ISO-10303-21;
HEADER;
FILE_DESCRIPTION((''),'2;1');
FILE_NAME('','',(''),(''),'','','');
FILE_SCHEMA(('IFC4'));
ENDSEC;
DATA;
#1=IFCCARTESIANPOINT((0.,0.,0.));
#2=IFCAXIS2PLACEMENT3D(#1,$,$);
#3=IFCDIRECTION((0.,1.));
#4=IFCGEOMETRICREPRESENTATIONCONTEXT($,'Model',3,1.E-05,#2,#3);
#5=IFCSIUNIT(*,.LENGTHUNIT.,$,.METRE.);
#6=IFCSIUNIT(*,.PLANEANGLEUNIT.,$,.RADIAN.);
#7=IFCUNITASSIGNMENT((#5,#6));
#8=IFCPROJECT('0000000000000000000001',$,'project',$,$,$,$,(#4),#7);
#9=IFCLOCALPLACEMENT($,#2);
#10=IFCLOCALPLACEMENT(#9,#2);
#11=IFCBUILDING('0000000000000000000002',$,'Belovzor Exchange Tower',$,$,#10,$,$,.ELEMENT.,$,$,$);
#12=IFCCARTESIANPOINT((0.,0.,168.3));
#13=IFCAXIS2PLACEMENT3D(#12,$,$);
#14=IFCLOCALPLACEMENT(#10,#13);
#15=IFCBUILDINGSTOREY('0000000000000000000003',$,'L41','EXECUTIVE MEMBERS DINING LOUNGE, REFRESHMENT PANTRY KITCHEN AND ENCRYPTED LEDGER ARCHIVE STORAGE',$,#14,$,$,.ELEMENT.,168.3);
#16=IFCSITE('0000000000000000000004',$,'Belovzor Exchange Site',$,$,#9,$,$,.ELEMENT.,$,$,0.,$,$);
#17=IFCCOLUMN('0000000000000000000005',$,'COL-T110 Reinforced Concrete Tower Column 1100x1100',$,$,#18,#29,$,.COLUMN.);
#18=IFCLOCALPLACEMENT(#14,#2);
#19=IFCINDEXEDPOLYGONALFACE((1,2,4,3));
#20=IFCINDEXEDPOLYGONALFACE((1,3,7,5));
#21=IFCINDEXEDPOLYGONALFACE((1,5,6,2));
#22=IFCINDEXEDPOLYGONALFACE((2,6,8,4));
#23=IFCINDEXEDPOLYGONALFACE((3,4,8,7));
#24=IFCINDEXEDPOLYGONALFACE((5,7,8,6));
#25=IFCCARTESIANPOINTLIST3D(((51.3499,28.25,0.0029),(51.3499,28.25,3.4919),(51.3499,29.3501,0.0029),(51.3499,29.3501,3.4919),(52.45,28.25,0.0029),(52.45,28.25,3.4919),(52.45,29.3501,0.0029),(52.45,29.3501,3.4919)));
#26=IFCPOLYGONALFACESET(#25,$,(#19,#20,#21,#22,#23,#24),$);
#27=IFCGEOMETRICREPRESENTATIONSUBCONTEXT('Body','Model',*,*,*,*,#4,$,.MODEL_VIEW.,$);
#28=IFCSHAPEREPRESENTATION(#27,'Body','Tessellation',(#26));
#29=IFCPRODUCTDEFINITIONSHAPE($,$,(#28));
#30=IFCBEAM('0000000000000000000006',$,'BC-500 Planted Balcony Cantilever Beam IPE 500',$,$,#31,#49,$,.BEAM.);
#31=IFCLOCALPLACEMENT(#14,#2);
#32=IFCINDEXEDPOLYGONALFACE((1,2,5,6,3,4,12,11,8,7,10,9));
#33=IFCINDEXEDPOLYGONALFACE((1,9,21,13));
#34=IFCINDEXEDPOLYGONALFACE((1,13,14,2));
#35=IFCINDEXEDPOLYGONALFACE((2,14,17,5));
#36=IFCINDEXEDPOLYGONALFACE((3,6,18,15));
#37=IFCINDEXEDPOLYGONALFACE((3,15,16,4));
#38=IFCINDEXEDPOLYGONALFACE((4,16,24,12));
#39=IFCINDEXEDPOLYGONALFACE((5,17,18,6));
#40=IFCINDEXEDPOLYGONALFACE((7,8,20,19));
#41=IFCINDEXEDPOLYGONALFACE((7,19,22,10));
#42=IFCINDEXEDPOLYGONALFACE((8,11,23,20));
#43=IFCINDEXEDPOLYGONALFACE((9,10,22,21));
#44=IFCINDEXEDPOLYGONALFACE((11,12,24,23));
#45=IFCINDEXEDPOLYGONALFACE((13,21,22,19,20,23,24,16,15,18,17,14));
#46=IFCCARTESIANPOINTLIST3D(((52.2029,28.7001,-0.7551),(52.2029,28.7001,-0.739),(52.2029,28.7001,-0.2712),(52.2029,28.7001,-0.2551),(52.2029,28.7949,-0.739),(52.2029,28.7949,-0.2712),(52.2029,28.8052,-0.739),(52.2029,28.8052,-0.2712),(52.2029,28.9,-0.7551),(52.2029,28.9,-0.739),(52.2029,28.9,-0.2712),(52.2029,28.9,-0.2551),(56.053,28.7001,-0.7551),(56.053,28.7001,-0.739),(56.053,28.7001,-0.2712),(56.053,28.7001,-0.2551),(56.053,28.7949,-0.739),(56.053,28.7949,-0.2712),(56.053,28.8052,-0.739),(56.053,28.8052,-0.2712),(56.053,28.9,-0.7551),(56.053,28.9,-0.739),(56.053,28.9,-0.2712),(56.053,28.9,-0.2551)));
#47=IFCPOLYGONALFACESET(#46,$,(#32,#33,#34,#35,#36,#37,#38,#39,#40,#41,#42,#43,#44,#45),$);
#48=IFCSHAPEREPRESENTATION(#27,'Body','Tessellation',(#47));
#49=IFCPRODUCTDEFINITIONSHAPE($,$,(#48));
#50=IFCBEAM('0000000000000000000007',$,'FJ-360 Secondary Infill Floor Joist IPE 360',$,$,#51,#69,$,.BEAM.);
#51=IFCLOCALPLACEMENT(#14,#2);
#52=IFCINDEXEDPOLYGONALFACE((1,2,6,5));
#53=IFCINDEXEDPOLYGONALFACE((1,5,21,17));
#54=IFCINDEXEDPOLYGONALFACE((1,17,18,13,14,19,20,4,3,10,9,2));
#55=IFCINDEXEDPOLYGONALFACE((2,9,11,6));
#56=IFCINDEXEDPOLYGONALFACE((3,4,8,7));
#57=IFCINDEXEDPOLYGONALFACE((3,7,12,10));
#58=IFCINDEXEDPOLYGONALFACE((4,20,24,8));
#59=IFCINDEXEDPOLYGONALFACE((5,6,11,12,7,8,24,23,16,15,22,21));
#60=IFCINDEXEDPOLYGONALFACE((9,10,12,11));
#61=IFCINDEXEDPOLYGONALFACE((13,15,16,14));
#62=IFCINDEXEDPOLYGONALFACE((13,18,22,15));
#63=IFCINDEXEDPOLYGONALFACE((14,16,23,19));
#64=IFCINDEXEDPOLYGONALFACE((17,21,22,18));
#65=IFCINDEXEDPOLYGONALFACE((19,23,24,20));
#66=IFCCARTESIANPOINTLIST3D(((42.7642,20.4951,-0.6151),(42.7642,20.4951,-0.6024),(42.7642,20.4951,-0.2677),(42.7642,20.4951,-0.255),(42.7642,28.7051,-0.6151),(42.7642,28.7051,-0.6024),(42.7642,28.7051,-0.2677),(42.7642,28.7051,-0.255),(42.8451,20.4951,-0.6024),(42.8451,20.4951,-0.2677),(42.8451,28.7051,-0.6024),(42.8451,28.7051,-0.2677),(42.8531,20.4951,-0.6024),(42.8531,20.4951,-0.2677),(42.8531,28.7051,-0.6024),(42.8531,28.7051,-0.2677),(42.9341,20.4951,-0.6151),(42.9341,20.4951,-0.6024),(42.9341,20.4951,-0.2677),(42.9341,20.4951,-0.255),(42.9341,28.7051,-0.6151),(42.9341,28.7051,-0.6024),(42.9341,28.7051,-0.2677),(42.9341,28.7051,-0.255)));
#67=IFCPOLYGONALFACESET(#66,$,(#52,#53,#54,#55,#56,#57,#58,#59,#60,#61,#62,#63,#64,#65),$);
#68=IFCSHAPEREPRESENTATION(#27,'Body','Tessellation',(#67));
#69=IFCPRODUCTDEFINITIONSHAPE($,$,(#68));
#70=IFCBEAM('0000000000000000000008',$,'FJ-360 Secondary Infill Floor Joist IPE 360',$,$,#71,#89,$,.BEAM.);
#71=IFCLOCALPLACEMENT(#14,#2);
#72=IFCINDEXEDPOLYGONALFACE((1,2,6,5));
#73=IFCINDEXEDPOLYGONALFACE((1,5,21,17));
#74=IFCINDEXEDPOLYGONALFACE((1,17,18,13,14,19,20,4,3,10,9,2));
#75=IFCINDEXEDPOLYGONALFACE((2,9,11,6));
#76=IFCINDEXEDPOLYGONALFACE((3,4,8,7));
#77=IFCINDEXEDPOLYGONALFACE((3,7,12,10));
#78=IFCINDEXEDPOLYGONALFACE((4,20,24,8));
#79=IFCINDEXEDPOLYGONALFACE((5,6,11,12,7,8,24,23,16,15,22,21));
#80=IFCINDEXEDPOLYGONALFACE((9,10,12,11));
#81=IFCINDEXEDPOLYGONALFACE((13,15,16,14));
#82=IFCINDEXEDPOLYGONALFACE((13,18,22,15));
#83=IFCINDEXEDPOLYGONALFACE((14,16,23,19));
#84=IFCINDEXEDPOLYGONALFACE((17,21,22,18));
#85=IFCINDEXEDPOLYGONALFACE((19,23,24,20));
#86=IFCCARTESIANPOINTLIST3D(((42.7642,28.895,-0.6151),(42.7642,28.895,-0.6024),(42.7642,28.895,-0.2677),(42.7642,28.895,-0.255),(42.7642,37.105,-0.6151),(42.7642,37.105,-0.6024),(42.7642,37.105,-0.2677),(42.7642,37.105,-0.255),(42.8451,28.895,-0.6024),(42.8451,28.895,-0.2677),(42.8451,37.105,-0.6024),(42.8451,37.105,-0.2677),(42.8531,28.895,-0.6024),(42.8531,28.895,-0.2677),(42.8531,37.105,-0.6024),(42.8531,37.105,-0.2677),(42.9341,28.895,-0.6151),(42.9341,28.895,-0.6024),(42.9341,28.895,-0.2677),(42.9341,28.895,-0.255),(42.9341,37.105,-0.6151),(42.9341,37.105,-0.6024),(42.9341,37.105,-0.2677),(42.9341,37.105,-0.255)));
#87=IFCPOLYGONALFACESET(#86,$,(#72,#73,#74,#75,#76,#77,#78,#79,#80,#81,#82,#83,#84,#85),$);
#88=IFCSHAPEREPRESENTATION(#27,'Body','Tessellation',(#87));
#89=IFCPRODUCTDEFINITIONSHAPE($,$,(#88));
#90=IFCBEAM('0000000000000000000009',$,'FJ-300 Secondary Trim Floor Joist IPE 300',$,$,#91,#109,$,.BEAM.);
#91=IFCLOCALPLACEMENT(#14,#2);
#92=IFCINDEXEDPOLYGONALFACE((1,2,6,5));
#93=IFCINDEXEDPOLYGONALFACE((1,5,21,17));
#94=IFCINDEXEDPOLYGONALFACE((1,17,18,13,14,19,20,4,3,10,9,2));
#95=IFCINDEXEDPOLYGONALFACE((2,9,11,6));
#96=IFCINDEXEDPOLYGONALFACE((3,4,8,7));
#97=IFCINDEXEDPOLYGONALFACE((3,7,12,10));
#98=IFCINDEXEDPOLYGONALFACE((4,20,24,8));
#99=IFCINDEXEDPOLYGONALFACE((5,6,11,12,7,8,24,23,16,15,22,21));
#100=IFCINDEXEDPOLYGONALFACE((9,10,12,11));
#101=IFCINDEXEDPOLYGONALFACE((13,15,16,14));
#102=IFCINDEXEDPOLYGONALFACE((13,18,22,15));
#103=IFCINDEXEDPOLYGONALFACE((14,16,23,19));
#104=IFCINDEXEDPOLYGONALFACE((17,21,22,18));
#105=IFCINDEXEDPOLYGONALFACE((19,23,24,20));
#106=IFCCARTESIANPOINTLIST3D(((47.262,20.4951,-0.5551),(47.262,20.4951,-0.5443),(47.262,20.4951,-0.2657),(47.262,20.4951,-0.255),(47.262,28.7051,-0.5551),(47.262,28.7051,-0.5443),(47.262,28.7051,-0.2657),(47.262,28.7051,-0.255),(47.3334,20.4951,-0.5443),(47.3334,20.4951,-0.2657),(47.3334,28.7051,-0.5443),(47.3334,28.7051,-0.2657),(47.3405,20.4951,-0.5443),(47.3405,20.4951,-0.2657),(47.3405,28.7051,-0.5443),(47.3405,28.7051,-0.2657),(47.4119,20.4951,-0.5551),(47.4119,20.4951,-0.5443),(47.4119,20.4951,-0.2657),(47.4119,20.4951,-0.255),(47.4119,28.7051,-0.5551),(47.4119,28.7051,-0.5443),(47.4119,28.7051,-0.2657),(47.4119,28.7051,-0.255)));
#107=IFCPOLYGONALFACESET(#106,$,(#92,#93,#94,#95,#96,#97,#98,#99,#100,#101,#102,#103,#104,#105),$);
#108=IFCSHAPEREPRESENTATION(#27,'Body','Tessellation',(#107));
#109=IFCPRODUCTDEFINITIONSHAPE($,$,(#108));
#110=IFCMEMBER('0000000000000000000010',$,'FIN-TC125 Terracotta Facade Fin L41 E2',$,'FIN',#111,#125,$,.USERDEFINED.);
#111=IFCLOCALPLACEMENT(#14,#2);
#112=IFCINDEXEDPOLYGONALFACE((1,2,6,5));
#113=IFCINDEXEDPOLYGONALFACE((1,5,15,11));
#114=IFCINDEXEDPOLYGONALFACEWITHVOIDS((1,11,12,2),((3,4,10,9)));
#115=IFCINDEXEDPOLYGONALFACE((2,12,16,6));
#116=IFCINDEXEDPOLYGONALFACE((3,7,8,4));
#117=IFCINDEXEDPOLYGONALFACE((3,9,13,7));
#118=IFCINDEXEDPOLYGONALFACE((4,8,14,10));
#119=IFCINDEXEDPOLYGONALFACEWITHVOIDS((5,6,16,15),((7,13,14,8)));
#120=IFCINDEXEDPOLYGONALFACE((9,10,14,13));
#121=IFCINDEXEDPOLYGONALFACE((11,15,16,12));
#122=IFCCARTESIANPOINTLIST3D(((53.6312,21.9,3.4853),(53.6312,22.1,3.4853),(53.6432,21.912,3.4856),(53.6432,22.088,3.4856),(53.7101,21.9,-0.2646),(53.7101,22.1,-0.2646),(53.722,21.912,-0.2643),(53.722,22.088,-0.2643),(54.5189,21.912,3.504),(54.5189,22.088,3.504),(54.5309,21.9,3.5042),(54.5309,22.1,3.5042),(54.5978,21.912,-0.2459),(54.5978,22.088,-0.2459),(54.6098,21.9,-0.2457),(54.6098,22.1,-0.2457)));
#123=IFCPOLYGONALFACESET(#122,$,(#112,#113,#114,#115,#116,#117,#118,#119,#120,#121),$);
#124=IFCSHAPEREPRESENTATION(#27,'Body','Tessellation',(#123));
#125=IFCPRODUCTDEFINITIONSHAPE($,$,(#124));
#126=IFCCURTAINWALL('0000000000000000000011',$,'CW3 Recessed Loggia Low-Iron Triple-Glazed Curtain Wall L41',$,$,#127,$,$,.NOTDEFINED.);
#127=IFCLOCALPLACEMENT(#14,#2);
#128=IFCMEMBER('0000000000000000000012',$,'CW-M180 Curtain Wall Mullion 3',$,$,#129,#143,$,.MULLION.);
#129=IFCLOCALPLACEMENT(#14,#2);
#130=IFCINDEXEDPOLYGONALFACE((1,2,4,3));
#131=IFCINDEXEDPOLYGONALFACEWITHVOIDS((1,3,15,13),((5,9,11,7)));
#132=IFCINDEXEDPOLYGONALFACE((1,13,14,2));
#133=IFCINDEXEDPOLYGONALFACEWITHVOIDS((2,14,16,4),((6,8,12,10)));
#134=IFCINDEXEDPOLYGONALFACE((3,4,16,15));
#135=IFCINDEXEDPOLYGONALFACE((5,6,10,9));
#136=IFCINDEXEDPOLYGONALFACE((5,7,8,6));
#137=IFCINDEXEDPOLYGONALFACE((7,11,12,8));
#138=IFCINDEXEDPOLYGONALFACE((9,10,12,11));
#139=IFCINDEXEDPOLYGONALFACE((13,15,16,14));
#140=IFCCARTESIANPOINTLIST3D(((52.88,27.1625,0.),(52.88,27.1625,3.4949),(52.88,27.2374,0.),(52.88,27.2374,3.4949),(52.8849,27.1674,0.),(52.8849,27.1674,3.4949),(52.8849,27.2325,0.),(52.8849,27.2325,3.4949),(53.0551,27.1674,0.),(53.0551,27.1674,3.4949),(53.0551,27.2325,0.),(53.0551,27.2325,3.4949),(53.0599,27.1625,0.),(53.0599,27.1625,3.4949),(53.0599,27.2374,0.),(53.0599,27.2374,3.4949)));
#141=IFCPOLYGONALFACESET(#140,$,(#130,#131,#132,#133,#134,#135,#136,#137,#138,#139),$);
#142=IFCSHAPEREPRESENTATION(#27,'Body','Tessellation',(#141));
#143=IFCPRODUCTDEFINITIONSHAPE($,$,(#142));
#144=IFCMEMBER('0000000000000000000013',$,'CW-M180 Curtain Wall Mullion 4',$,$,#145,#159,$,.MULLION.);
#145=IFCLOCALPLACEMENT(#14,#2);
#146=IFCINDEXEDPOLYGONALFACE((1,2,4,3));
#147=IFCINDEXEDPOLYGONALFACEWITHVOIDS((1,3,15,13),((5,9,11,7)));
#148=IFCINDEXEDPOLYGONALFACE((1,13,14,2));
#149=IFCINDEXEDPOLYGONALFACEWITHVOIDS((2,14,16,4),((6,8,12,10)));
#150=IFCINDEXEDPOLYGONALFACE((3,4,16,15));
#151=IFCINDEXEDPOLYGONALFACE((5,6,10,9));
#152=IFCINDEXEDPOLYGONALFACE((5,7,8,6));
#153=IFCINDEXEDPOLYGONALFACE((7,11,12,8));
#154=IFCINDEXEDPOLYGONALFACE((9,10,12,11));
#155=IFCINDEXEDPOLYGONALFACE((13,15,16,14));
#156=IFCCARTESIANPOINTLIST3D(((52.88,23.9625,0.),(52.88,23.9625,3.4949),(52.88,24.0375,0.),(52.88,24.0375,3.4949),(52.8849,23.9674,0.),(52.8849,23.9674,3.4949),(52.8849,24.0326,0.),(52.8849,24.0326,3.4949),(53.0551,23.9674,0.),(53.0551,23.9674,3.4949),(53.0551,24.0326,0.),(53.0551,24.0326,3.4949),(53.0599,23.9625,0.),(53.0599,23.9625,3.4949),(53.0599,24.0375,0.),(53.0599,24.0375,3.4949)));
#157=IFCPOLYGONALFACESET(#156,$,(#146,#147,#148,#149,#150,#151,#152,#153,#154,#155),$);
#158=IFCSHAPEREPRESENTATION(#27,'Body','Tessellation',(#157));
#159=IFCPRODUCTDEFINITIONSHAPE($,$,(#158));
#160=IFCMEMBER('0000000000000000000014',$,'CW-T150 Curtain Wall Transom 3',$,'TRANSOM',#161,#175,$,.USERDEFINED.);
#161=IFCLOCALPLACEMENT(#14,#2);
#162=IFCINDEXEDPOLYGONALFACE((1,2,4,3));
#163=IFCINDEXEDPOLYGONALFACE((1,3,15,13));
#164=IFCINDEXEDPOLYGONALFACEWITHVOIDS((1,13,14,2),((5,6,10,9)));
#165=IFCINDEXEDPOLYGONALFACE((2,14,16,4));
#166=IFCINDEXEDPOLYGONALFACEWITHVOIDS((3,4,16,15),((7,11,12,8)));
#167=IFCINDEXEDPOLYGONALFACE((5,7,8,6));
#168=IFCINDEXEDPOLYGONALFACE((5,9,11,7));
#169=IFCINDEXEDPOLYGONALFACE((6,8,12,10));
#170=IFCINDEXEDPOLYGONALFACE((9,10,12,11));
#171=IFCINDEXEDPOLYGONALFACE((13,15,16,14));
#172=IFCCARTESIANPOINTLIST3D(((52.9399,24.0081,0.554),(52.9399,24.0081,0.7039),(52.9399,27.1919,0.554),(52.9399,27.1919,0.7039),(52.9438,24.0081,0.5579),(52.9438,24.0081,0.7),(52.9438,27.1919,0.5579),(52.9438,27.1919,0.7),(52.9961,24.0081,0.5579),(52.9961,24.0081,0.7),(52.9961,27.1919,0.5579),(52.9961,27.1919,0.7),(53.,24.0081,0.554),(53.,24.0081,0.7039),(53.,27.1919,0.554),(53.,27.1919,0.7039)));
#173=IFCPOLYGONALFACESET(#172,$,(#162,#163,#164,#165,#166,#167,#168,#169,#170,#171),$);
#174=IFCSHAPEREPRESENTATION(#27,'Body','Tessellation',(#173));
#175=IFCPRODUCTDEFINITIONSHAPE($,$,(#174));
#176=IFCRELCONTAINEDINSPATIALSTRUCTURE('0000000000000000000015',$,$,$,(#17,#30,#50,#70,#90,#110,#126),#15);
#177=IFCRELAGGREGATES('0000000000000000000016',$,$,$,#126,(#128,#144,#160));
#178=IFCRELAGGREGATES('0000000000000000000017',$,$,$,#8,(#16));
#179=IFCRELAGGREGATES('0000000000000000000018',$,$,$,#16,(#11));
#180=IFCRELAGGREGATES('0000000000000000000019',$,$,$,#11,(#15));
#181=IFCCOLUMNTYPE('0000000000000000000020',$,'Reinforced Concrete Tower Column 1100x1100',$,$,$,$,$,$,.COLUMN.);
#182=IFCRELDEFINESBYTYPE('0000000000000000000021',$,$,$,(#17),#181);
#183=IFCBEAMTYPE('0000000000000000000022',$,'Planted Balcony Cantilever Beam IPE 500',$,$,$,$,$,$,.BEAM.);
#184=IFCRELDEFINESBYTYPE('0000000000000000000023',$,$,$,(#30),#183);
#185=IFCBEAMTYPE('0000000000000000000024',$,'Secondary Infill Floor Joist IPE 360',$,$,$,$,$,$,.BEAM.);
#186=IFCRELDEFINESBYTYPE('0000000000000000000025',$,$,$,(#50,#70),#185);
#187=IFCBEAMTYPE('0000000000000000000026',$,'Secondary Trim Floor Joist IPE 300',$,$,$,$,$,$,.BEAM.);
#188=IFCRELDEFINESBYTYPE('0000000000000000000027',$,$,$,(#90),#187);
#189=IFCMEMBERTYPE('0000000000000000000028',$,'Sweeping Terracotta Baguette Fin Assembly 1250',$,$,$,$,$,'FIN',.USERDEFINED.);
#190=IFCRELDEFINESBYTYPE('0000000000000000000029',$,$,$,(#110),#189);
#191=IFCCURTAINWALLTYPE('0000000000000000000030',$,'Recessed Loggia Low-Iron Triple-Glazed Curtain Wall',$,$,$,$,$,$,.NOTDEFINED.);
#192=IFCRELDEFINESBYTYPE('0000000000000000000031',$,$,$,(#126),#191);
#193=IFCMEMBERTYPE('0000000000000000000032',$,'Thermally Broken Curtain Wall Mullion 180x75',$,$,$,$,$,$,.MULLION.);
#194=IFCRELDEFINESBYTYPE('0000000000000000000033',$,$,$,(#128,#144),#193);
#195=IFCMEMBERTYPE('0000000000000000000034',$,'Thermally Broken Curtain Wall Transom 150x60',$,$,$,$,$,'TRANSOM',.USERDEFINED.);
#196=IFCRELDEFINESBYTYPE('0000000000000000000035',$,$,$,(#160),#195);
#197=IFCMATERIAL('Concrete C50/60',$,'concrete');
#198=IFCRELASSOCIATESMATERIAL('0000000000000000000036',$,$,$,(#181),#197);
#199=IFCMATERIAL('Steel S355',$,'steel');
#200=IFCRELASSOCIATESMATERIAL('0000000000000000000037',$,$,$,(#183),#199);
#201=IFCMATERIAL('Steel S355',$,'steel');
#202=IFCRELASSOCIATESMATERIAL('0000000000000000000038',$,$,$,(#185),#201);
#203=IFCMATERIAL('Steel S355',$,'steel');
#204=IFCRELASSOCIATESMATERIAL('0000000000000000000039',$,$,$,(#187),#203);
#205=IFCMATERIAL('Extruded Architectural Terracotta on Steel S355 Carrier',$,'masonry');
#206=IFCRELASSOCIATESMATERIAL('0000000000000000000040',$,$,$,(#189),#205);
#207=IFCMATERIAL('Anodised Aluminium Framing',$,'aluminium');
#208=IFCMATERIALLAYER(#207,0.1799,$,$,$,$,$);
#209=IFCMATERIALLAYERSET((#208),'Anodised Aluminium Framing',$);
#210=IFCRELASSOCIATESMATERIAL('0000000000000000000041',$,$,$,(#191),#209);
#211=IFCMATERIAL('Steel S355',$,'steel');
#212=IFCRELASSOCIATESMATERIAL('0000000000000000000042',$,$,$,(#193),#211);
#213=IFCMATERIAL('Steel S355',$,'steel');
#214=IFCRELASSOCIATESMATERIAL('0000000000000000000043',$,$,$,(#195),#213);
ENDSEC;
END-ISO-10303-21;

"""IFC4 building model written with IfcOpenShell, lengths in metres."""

from ifc_helpers import new_model, si_unit, direction, frame, origin, origin_2d, place, context, subcontext, project, spatial, rectangle, hollow_rectangle, i_section, extrude, material, layer, layer_set, material_profile, profile_set, type_object, element, aggregate, save


model = new_model("IFC4")

# Units and contexts
model_context = context("Model", 3, precision=1e-05, world=origin(), true_north=direction((0.0, 1.0)))
body_context = subcontext(model_context, "Body", "Model", "MODEL_VIEW")
ifc_project = project(units=[si_unit("LENGTHUNIT", "METRE"), si_unit("PLANEANGLEUNIT", "RADIAN")], contexts=[model_context])

# Site, building, storey
site_placement = place(None, origin())
site = spatial("IfcSite", under=ifc_project, at=site_placement, Name="Belovzor Exchange Site", CompositionType="ELEMENT", RefElevation=0.0)
building_placement = place(site_placement, origin())
building = spatial("IfcBuilding", under=site, at=building_placement, Name="Belovzor Exchange Tower", CompositionType="ELEMENT")
storey_placement = place(building_placement, frame((0.0, 0.0, 168.3)))
storey = spatial("IfcBuildingStorey", under=building, at=storey_placement, Name="L41", Description="EXECUTIVE MEMBERS DINING LOUNGE, REFRESHMENT PANTRY KITCHEN AND ENCRYPTED LEDGER ARCHIVE STORAGE", CompositionType="ELEMENT", Elevation=168.3)

# Column
ifc_material_1 = material(Name="Concrete C50/60", Category="concrete")
ifc_material_profile_1 = material_profile(ifc_material_1, rectangle(XDim=1.1001, YDim=1.1001, at=origin_2d()))
ifc_profile_set_1 = profile_set([ifc_material_profile_1], Name="Concrete C50/60")
column_type = type_object("IfcColumnType", Name="Reinforced Concrete Tower Column 1100x1100", PredefinedType="COLUMN", material=ifc_profile_set_1)
column_placement = place(storey_placement, frame((51.8999, 28.8, 0.0029), z_axis=(0.0, 0.0, 1.0), x_axis=(1.0, 0.0, 0.0)))
element("IfcColumn", 1, at=column_placement, inside=storey, type_object=column_type, Name="COL-T110 Reinforced Concrete Tower Column 1100x1100", PredefinedType="COLUMN", context=body_context, shape_type="SweptSolid", body=[
    extrude(rectangle(XDim=1.1001, YDim=1.1001, at=origin_2d()), origin(), (0.0, 0.0, 1.0), 3.489),
])

# Beams
ifc_material_2 = material(Name="Steel S355", Category="steel")
ifc_material_profile_2 = material_profile(ifc_material_2, i_section(OverallWidth=0.2, OverallDepth=0.5, WebThickness=0.0103, FlangeThickness=0.0161, at=origin_2d()))
ifc_profile_set_2 = profile_set([ifc_material_profile_2], Name="Steel S355")
beam_type_1 = type_object("IfcBeamType", Name="Planted Balcony Cantilever Beam IPE 500", PredefinedType="BEAM", material=ifc_profile_set_2)
beam_1_placement = place(storey_placement, frame((52.2029, 28.8, -0.5051), z_axis=(1.0, 0.0, 0.0), x_axis=(0.0, 1.0, 0.0)))
element("IfcBeam", 2, at=beam_1_placement, inside=storey, type_object=beam_type_1, Name="BC-500 Planted Balcony Cantilever Beam IPE 500", PredefinedType="BEAM", context=body_context, shape_type="SweptSolid", body=[
    extrude(i_section(OverallWidth=0.2, OverallDepth=0.5, WebThickness=0.0103, FlangeThickness=0.0161, at=origin_2d()), origin(), (0.0, 0.0, 1.0), 3.8501),
])
ifc_material_3 = material(Name="Steel S355", Category="steel")
ifc_material_profile_3 = material_profile(ifc_material_3, i_section(OverallWidth=0.1699, OverallDepth=0.3601, WebThickness=0.0081, FlangeThickness=0.0127, at=origin_2d()))
ifc_profile_set_3 = profile_set([ifc_material_profile_3], Name="Steel S355")
beam_type_2 = type_object("IfcBeamType", Name="Secondary Infill Floor Joist IPE 360", PredefinedType="BEAM", material=ifc_profile_set_3)
for number, where, z_axis, x_axis, name in (
    (3, (42.8491, 20.4951, -0.4351), (0.0, 1.0, 0.0), (-1.0, 0.0, 0.0), "FJ-360 Secondary Infill Floor Joist IPE 360"),
    (4, (42.8491, 28.895, -0.4351), (0.0, 1.0, 0.0), (-1.0, 0.0, 0.0), "FJ-360 Secondary Infill Floor Joist IPE 360"),
):
    element("IfcBeam", number, at=place(storey_placement, frame(where, z_axis=z_axis, x_axis=x_axis)), inside=storey, type_object=beam_type_2, Name=name, PredefinedType="BEAM", context=body_context, shape_type="SweptSolid", body=[
        extrude(i_section(OverallWidth=0.1699, OverallDepth=0.3601, WebThickness=0.0081, FlangeThickness=0.0127, at=origin_2d()), origin(), (0.0, 0.0, 1.0), 8.21),
    ])
ifc_material_4 = material(Name="Steel S355", Category="steel")
ifc_material_profile_4 = material_profile(ifc_material_4, i_section(OverallWidth=0.1499, OverallDepth=0.3, WebThickness=0.0071, FlangeThickness=0.0107, at=origin_2d()))
ifc_profile_set_4 = profile_set([ifc_material_profile_4], Name="Steel S355")
beam_type_3 = type_object("IfcBeamType", Name="Secondary Trim Floor Joist IPE 300", PredefinedType="BEAM", material=ifc_profile_set_4)
beam_2_placement = place(storey_placement, frame((47.3369, 20.4951, -0.405), z_axis=(0.0, 1.0, 0.0), x_axis=(-1.0, 0.0, 0.0)))
element("IfcBeam", 5, at=beam_2_placement, inside=storey, type_object=beam_type_3, Name="FJ-300 Secondary Trim Floor Joist IPE 300", PredefinedType="BEAM", context=body_context, shape_type="SweptSolid", body=[
    extrude(i_section(OverallWidth=0.1499, OverallDepth=0.3, WebThickness=0.0071, FlangeThickness=0.0107, at=origin_2d()), origin(), (0.0, 0.0, 1.0), 8.21),
])

# Member
ifc_material_5 = material(Name="Extruded Architectural Terracotta on Steel S355 Carrier", Category="masonry")
ifc_material_profile_5 = material_profile(ifc_material_5, hollow_rectangle(XDim=0.2, YDim=0.8999, WallThickness=0.012, at=origin_2d()))
ifc_profile_set_5 = profile_set([ifc_material_profile_5], Name="Extruded Architectural Terracotta on Steel S355 Carrier")
member_type_1 = type_object("IfcMemberType", Name="Sweeping Terracotta Baguette Fin Assembly 1250", ElementType="FIN", PredefinedType="USERDEFINED", material=ifc_profile_set_5)
member_1_placement = place(storey_placement, frame((54.1599, 22.0, -0.2551), z_axis=(-0.021024, 0.0, 0.999779), x_axis=(0.0, -1.0, 0.0)))
element("IfcMember", 6, at=member_1_placement, inside=storey, type_object=member_type_1, Name="FIN-TC125 Terracotta Facade Fin L41 E2", ObjectType="FIN", PredefinedType="USERDEFINED", context=body_context, shape_type="SweptSolid", body=[
    extrude(hollow_rectangle(XDim=0.2, YDim=0.8999, WallThickness=0.012, at=origin_2d()), origin(), (0.0, 0.0, 1.0), 3.7507),
])

# Curtain wall, members
ifc_material_6 = material(Name="Anodised Aluminium Framing", Category="aluminium")
ifc_layer_1 = layer(ifc_material_6, 0.1799)
ifc_layer_set_1 = layer_set([ifc_layer_1], Name="Anodised Aluminium Framing")
curtain_wall_type = type_object("IfcCurtainWallType", Name="Recessed Loggia Low-Iron Triple-Glazed Curtain Wall", PredefinedType="NOTDEFINED", material=ifc_layer_set_1)
curtain_wall_placement = place(storey_placement, origin())
curtain_wall = element("IfcCurtainWall", 7, at=curtain_wall_placement, inside=storey, type_object=curtain_wall_type, Name="CW3 Recessed Loggia Low-Iron Triple-Glazed Curtain Wall L41", PredefinedType="NOTDEFINED")
ifc_material_7 = material(Name="Steel S355", Category="steel")
ifc_material_profile_6 = material_profile(ifc_material_7, hollow_rectangle(XDim=0.075, YDim=0.1799, WallThickness=0.0049, at=origin_2d()))
ifc_profile_set_6 = profile_set([ifc_material_profile_6], Name="Steel S355")
member_type_2 = type_object("IfcMemberType", Name="Thermally Broken Curtain Wall Mullion 180x75", PredefinedType="MULLION", material=ifc_profile_set_6)
member_2_placement = place(storey_placement, frame((52.97, 27.2, 0.0), z_axis=(0.0, 0.0, 1.0), x_axis=(0.0, -1.0, 0.0)))
member_2 = element("IfcMember", 8, at=member_2_placement, type_object=member_type_2, Name="CW-M180 Curtain Wall Mullion 3", PredefinedType="MULLION", context=body_context, shape_type="SweptSolid", body=[
    extrude(hollow_rectangle(XDim=0.075, YDim=0.1799, WallThickness=0.0049, at=origin_2d()), origin(), (0.0, 0.0, 1.0), 3.4949),
])
member_3_placement = place(storey_placement, frame((52.97, 24.0, 0.0), z_axis=(0.0, 0.0, 1.0), x_axis=(0.0, -1.0, 0.0)))
member_3 = element("IfcMember", 9, at=member_3_placement, type_object=member_type_2, Name="CW-M180 Curtain Wall Mullion 4", PredefinedType="MULLION", context=body_context, shape_type="SweptSolid", body=[
    extrude(hollow_rectangle(XDim=0.075, YDim=0.1799, WallThickness=0.0049, at=origin_2d()), origin(), (0.0, 0.0, 1.0), 3.4949),
])
ifc_material_8 = material(Name="Steel S355", Category="steel")
ifc_material_profile_7 = material_profile(ifc_material_8, hollow_rectangle(XDim=0.0601, YDim=0.1499, WallThickness=0.0039, at=origin_2d()))
ifc_profile_set_7 = profile_set([ifc_material_profile_7], Name="Steel S355")
member_type_3 = type_object("IfcMemberType", Name="Thermally Broken Curtain Wall Transom 150x60", ElementType="TRANSOM", PredefinedType="USERDEFINED", material=ifc_profile_set_7)
member_4_placement = place(storey_placement, frame((52.97, 27.1919, 0.6289), z_axis=(0.0, -1.0, 0.0), x_axis=(1.0, 0.0, 0.0)))
member_4 = element("IfcMember", 10, at=member_4_placement, type_object=member_type_3, Name="CW-T150 Curtain Wall Transom 3", ObjectType="TRANSOM", PredefinedType="USERDEFINED", context=body_context, shape_type="SweptSolid", body=[
    extrude(hollow_rectangle(XDim=0.0601, YDim=0.1499, WallThickness=0.0039, at=origin_2d()), origin(), (0.0, 0.0, 1.0), 3.1838),
])

aggregate(curtain_wall, [member_2, member_3, member_4])

save(model, "model.ifc")
